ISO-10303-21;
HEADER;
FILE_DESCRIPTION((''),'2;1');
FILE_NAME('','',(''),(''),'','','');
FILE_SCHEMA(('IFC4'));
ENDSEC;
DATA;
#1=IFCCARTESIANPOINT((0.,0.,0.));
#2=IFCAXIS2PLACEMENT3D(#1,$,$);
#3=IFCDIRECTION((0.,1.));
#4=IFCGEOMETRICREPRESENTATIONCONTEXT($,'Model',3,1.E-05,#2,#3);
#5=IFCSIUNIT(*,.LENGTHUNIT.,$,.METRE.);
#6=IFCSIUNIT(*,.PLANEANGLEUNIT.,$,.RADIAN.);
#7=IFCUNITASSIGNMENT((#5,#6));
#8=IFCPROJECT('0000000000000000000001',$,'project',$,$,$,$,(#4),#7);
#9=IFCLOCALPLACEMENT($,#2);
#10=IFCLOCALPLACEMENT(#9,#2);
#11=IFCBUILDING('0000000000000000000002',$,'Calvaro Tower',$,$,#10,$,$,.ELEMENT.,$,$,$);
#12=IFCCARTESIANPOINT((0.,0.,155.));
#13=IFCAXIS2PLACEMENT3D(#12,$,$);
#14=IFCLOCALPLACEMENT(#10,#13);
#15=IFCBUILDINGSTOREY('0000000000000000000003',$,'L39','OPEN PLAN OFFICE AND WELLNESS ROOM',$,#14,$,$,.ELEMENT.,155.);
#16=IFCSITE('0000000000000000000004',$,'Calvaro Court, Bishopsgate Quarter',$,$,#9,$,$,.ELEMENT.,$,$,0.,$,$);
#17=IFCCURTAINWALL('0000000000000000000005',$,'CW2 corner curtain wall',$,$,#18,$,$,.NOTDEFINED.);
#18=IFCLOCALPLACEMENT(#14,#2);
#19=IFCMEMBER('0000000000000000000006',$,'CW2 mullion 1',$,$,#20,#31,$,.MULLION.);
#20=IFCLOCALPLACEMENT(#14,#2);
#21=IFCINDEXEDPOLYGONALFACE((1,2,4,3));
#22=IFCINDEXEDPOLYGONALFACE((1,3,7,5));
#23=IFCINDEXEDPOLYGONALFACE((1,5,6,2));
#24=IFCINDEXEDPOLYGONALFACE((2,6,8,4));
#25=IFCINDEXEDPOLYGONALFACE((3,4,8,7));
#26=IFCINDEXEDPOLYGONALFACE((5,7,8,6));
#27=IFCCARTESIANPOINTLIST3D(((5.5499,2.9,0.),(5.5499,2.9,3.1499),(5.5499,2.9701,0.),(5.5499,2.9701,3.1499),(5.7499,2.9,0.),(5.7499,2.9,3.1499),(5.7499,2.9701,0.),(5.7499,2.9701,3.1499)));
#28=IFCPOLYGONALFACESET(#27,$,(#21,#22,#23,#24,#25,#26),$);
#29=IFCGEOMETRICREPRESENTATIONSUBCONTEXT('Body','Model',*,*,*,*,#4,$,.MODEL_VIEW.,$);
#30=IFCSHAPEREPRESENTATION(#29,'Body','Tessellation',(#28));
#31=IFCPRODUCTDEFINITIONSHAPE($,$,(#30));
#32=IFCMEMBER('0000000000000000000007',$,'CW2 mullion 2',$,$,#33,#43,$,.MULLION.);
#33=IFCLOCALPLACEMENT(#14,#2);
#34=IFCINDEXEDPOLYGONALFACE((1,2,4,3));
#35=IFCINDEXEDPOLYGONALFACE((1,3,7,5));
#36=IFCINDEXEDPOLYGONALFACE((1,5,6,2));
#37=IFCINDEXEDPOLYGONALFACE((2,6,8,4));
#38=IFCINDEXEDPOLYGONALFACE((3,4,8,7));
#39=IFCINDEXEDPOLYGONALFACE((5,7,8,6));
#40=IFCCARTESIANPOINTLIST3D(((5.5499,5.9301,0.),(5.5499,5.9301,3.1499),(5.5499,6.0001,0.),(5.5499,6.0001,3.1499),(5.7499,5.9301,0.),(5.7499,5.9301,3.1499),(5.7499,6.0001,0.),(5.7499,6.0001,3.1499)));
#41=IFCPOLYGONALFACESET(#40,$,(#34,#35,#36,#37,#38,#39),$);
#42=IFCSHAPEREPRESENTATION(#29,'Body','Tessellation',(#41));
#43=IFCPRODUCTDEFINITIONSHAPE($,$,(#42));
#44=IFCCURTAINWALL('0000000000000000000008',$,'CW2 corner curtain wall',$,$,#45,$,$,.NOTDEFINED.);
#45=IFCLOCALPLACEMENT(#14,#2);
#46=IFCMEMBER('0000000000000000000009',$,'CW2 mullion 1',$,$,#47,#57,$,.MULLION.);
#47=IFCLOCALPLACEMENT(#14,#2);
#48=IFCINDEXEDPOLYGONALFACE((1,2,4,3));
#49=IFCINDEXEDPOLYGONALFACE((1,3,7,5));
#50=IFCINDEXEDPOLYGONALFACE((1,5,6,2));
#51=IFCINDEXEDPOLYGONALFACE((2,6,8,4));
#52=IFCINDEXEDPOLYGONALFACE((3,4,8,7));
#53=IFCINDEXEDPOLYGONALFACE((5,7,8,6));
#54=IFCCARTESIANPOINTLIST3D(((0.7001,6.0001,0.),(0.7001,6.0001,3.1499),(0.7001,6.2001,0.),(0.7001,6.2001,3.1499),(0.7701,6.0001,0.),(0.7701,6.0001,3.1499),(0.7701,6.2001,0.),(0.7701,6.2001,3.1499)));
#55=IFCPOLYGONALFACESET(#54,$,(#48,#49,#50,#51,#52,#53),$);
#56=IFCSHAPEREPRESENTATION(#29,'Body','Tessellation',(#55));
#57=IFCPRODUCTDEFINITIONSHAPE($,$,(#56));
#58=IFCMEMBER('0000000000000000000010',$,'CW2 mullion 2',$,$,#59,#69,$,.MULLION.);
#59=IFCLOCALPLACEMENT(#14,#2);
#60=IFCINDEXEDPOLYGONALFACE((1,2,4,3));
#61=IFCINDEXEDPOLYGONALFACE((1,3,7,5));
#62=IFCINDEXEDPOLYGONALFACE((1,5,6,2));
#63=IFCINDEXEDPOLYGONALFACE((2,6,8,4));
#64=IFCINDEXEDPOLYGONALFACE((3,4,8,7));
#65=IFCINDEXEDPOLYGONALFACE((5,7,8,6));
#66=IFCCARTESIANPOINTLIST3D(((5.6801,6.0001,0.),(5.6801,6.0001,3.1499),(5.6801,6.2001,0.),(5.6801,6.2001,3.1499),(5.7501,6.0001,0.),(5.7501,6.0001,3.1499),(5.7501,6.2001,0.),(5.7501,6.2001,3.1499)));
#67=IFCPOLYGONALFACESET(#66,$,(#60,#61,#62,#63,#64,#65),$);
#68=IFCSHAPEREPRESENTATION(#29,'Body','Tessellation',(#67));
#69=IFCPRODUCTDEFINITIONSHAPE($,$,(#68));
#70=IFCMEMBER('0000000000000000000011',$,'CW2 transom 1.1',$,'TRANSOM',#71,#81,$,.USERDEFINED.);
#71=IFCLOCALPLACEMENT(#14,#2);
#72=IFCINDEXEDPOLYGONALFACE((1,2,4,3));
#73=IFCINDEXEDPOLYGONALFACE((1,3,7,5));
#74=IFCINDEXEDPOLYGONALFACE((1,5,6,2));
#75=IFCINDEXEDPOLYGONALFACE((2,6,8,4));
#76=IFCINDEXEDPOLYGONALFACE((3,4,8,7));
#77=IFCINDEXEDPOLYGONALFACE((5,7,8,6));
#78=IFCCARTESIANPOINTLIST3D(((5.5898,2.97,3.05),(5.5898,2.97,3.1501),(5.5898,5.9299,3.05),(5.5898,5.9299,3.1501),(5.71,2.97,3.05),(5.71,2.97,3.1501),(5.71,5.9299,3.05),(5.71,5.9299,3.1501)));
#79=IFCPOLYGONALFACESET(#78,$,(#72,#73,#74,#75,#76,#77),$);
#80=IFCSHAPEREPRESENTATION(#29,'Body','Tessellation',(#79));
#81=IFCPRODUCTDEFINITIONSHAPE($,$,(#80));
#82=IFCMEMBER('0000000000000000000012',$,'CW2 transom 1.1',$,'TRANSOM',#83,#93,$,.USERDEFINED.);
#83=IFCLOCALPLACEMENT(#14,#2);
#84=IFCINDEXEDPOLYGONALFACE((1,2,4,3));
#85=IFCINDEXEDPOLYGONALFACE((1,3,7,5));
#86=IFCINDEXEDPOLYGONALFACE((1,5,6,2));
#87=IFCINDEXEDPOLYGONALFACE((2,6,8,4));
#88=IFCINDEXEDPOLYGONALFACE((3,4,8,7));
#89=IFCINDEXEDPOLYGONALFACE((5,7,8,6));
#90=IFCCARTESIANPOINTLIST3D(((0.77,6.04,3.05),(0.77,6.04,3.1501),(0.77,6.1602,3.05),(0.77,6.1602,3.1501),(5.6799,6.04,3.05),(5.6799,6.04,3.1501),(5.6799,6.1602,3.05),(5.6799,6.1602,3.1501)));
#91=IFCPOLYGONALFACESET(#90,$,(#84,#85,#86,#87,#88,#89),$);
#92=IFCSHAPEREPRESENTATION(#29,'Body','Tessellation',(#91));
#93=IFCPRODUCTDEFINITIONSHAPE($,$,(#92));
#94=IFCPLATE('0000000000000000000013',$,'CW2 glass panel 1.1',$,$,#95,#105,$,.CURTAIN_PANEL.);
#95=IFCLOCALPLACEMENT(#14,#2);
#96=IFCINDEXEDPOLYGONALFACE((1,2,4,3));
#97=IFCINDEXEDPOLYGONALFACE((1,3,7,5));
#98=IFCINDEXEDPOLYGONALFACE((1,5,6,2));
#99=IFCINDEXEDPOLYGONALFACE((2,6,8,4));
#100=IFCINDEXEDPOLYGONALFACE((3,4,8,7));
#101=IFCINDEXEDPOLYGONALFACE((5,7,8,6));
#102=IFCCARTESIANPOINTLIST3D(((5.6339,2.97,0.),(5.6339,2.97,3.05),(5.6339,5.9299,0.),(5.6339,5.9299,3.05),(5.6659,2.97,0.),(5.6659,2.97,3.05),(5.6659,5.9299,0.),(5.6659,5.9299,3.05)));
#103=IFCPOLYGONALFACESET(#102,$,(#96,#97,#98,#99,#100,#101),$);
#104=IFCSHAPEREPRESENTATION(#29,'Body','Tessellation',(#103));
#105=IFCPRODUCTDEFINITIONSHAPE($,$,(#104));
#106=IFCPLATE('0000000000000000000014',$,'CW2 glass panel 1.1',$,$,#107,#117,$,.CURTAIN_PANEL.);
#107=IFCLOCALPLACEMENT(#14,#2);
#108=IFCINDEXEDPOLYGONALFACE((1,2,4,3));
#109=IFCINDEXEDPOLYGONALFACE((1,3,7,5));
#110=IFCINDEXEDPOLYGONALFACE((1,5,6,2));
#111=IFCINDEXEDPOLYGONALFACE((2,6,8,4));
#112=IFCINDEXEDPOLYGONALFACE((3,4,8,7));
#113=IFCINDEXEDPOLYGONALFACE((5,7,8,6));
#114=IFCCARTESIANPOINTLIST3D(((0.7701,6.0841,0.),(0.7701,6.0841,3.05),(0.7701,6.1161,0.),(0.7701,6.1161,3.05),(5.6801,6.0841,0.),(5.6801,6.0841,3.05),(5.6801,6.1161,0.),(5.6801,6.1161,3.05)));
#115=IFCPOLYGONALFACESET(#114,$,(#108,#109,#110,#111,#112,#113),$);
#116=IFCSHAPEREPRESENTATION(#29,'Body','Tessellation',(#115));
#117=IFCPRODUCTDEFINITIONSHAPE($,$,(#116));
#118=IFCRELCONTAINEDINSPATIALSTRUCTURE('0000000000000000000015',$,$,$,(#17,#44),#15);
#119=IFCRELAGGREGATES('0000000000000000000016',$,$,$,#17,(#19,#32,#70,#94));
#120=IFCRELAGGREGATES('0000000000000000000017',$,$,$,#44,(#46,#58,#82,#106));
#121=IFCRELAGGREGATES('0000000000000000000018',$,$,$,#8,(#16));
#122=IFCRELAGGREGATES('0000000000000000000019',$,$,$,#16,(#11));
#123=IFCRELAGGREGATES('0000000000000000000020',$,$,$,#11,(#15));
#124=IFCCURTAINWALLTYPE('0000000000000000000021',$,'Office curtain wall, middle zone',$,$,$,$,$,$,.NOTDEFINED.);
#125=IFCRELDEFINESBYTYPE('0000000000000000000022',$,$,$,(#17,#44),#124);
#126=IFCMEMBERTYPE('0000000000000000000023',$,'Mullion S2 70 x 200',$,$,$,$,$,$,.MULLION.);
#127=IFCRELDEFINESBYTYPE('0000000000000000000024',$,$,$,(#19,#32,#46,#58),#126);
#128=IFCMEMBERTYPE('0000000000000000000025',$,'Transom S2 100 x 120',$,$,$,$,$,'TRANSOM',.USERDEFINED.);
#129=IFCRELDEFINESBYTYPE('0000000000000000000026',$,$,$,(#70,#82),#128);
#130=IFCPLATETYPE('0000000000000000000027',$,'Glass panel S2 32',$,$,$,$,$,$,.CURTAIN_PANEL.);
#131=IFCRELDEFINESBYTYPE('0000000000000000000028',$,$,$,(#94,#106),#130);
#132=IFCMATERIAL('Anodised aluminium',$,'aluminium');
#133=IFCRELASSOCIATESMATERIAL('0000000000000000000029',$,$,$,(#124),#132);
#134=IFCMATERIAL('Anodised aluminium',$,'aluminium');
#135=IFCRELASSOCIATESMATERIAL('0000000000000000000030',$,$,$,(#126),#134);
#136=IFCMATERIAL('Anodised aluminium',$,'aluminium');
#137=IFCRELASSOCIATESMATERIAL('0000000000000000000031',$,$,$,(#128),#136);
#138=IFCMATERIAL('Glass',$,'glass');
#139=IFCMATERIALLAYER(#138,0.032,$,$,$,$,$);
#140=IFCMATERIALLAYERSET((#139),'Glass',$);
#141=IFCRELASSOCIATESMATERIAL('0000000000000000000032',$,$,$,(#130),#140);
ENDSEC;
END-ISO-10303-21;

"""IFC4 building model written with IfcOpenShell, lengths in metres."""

from ifc_helpers import new_model, si_unit, direction, frame, origin, origin_2d, place, context, subcontext, project, spatial, rectangle, extrude, material, layer, layer_set, material_profile, profile_set, type_object, element, aggregate, save


model = new_model("IFC4")

# Units and contexts
model_context = context("Model", 3, precision=1e-05, world=origin(), true_north=direction((0.0, 1.0)))
body_context = subcontext(model_context, "Body", "Model", "MODEL_VIEW")
ifc_project = project(units=[si_unit("LENGTHUNIT", "METRE"), si_unit("PLANEANGLEUNIT", "RADIAN")], contexts=[model_context])

# Site, building, storey
site_placement = place(None, origin())
site = spatial("IfcSite", under=ifc_project, at=site_placement, Name="Calvaro Court, Bishopsgate Quarter", CompositionType="ELEMENT", RefElevation=0.0)
building_placement = place(site_placement, origin())
building = spatial("IfcBuilding", under=site, at=building_placement, Name="Calvaro Tower", CompositionType="ELEMENT")
storey_placement = place(building_placement, frame((0.0, 0.0, 155.0)))
storey = spatial("IfcBuildingStorey", under=building, at=storey_placement, Name="L39", Description="OPEN PLAN OFFICE AND WELLNESS ROOM", CompositionType="ELEMENT", Elevation=155.0)

# Curtain walls, members
ifc_material_1 = material(Name="Anodised aluminium", Category="aluminium")
curtain_wall_type = type_object("IfcCurtainWallType", Name="Office curtain wall, middle zone", PredefinedType="NOTDEFINED", material=ifc_material_1)
curtain_wall_1_placement = place(storey_placement, origin())
curtain_wall_1 = element("IfcCurtainWall", 1, at=curtain_wall_1_placement, inside=storey, type_object=curtain_wall_type, Name="CW2 corner curtain wall", PredefinedType="NOTDEFINED")
ifc_material_2 = material(Name="Anodised aluminium", Category="aluminium")
ifc_material_profile_1 = material_profile(ifc_material_2, rectangle(XDim=0.2, YDim=0.0701, at=origin_2d()), Name="Mullion S2 70 x 200")
ifc_profile_set_1 = profile_set([ifc_material_profile_1], Name="Anodised aluminium")
member_type_1 = type_object("IfcMemberType", Name="Mullion S2 70 x 200", PredefinedType="MULLION", material=ifc_profile_set_1)
member_1_placement = place(storey_placement, frame((5.6499, 2.9351, 0.0), z_axis=(0.0, 0.0, 1.0), x_axis=(-1.0, 0.0, 0.0)))
member_1 = element("IfcMember", 2, at=member_1_placement, type_object=member_type_1, Name="CW2 mullion 1", PredefinedType="MULLION", context=body_context, shape_type="SweptSolid", body=[
    extrude(rectangle(XDim=0.2, YDim=0.0701, at=origin_2d()), origin(), (0.0, 0.0, 1.0), 3.1499),
])
member_2_placement = place(storey_placement, frame((5.6499, 5.9651, 0.0), z_axis=(0.0, 0.0, 1.0), x_axis=(-1.0, 0.0, 0.0)))
member_2 = element("IfcMember", 3, at=member_2_placement, type_object=member_type_1, Name="CW2 mullion 2", PredefinedType="MULLION", context=body_context, shape_type="SweptSolid", body=[
    extrude(rectangle(XDim=0.2, YDim=0.0701, at=origin_2d()), origin(), (0.0, 0.0, 1.0), 3.1499),
])
curtain_wall_2_placement = place(storey_placement, origin())
curtain_wall_2 = element("IfcCurtainWall", 4, at=curtain_wall_2_placement, inside=storey, type_object=curtain_wall_type, Name="CW2 corner curtain wall", PredefinedType="NOTDEFINED")
member_3_placement = place(storey_placement, frame((0.7351, 6.1001, 0.0), z_axis=(0.0, 0.0, 1.0), x_axis=(0.0, 1.0, 0.0)))
member_3 = element("IfcMember", 5, at=member_3_placement, type_object=member_type_1, Name="CW2 mullion 1", PredefinedType="MULLION", context=body_context, shape_type="SweptSolid", body=[
    extrude(rectangle(XDim=0.2, YDim=0.0701, at=origin_2d()), origin(), (0.0, 0.0, 1.0), 3.1499),
])
member_4_placement = place(storey_placement, frame((5.7151, 6.1001, 0.0), z_axis=(0.0, 0.0, 1.0), x_axis=(0.0, 1.0, 0.0)))
member_4 = element("IfcMember", 6, at=member_4_placement, type_object=member_type_1, Name="CW2 mullion 2", PredefinedType="MULLION", context=body_context, shape_type="SweptSolid", body=[
    extrude(rectangle(XDim=0.2, YDim=0.0701, at=origin_2d()), origin(), (0.0, 0.0, 1.0), 3.1499),
])

# Members
ifc_material_3 = material(Name="Anodised aluminium", Category="aluminium")
ifc_material_profile_2 = material_profile(ifc_material_3, rectangle(XDim=0.1201, YDim=0.1001, at=origin_2d()), Name="Transom S2 100 x 120")
ifc_profile_set_2 = profile_set([ifc_material_profile_2], Name="Anodised aluminium")
member_type_2 = type_object("IfcMemberType", Name="Transom S2 100 x 120", ElementType="TRANSOM", PredefinedType="USERDEFINED", material=ifc_profile_set_2)
member_5_placement = place(storey_placement, frame((5.6499, 2.97, 3.1001), z_axis=(0.0, 1.0, 0.0), x_axis=(-1.0, 0.0, 0.0)))
member_5 = element("IfcMember", 7, at=member_5_placement, type_object=member_type_2, Name="CW2 transom 1.1", ObjectType="TRANSOM", PredefinedType="USERDEFINED", context=body_context, shape_type="SweptSolid", body=[
    extrude(rectangle(XDim=0.1201, YDim=0.1001, at=origin_2d()), origin(), (0.0, 0.0, 1.0), 2.96),
])
member_6_placement = place(storey_placement, frame((0.77, 6.1001, 3.1001), z_axis=(1.0, 0.0, 0.0), x_axis=(0.0, 1.0, 0.0)))
member_6 = element("IfcMember", 8, at=member_6_placement, type_object=member_type_2, Name="CW2 transom 1.1", ObjectType="TRANSOM", PredefinedType="USERDEFINED", context=body_context, shape_type="SweptSolid", body=[
    extrude(rectangle(XDim=0.1201, YDim=0.1001, at=origin_2d()), origin(), (0.0, 0.0, 1.0), 4.9099),
])

# Plates
ifc_material_4 = material(Name="Glass", Category="glass")
ifc_layer_1 = layer(ifc_material_4, 0.032)
ifc_layer_set_1 = layer_set([ifc_layer_1], Name="Glass")
plate_type = type_object("IfcPlateType", Name="Glass panel S2 32", PredefinedType="CURTAIN_PANEL", material=ifc_layer_set_1)
plate_1_placement = place(storey_placement, frame((5.6499, 4.45, 0.0), z_axis=(0.0, 0.0, 1.0), x_axis=(0.0, 1.0, 0.0)))
plate_1 = element("IfcPlate", 9, at=plate_1_placement, type_object=plate_type, Name="CW2 glass panel 1.1", PredefinedType="CURTAIN_PANEL", context=body_context, shape_type="SweptSolid", body=[
    extrude(rectangle(XDim=2.96, YDim=0.032, at=origin_2d()), origin(), (0.0, 0.0, 1.0), 3.05),
])
aggregate(curtain_wall_1, [member_1, member_2, member_5, plate_1])
plate_2_placement = place(storey_placement, frame((3.2251, 6.1001, 0.0), z_axis=(0.0, 0.0, 1.0), x_axis=(1.0, 0.0, 0.0)))
plate_2 = element("IfcPlate", 10, at=plate_2_placement, type_object=plate_type, Name="CW2 glass panel 1.1", PredefinedType="CURTAIN_PANEL", context=body_context, shape_type="SweptSolid", body=[
    extrude(rectangle(XDim=4.9099, YDim=0.032, at=origin_2d()), origin(), (0.0, 0.0, 1.0), 3.05),
])
aggregate(curtain_wall_2, [member_3, member_4, member_6, plate_2])

save(model, "model.ifc")
